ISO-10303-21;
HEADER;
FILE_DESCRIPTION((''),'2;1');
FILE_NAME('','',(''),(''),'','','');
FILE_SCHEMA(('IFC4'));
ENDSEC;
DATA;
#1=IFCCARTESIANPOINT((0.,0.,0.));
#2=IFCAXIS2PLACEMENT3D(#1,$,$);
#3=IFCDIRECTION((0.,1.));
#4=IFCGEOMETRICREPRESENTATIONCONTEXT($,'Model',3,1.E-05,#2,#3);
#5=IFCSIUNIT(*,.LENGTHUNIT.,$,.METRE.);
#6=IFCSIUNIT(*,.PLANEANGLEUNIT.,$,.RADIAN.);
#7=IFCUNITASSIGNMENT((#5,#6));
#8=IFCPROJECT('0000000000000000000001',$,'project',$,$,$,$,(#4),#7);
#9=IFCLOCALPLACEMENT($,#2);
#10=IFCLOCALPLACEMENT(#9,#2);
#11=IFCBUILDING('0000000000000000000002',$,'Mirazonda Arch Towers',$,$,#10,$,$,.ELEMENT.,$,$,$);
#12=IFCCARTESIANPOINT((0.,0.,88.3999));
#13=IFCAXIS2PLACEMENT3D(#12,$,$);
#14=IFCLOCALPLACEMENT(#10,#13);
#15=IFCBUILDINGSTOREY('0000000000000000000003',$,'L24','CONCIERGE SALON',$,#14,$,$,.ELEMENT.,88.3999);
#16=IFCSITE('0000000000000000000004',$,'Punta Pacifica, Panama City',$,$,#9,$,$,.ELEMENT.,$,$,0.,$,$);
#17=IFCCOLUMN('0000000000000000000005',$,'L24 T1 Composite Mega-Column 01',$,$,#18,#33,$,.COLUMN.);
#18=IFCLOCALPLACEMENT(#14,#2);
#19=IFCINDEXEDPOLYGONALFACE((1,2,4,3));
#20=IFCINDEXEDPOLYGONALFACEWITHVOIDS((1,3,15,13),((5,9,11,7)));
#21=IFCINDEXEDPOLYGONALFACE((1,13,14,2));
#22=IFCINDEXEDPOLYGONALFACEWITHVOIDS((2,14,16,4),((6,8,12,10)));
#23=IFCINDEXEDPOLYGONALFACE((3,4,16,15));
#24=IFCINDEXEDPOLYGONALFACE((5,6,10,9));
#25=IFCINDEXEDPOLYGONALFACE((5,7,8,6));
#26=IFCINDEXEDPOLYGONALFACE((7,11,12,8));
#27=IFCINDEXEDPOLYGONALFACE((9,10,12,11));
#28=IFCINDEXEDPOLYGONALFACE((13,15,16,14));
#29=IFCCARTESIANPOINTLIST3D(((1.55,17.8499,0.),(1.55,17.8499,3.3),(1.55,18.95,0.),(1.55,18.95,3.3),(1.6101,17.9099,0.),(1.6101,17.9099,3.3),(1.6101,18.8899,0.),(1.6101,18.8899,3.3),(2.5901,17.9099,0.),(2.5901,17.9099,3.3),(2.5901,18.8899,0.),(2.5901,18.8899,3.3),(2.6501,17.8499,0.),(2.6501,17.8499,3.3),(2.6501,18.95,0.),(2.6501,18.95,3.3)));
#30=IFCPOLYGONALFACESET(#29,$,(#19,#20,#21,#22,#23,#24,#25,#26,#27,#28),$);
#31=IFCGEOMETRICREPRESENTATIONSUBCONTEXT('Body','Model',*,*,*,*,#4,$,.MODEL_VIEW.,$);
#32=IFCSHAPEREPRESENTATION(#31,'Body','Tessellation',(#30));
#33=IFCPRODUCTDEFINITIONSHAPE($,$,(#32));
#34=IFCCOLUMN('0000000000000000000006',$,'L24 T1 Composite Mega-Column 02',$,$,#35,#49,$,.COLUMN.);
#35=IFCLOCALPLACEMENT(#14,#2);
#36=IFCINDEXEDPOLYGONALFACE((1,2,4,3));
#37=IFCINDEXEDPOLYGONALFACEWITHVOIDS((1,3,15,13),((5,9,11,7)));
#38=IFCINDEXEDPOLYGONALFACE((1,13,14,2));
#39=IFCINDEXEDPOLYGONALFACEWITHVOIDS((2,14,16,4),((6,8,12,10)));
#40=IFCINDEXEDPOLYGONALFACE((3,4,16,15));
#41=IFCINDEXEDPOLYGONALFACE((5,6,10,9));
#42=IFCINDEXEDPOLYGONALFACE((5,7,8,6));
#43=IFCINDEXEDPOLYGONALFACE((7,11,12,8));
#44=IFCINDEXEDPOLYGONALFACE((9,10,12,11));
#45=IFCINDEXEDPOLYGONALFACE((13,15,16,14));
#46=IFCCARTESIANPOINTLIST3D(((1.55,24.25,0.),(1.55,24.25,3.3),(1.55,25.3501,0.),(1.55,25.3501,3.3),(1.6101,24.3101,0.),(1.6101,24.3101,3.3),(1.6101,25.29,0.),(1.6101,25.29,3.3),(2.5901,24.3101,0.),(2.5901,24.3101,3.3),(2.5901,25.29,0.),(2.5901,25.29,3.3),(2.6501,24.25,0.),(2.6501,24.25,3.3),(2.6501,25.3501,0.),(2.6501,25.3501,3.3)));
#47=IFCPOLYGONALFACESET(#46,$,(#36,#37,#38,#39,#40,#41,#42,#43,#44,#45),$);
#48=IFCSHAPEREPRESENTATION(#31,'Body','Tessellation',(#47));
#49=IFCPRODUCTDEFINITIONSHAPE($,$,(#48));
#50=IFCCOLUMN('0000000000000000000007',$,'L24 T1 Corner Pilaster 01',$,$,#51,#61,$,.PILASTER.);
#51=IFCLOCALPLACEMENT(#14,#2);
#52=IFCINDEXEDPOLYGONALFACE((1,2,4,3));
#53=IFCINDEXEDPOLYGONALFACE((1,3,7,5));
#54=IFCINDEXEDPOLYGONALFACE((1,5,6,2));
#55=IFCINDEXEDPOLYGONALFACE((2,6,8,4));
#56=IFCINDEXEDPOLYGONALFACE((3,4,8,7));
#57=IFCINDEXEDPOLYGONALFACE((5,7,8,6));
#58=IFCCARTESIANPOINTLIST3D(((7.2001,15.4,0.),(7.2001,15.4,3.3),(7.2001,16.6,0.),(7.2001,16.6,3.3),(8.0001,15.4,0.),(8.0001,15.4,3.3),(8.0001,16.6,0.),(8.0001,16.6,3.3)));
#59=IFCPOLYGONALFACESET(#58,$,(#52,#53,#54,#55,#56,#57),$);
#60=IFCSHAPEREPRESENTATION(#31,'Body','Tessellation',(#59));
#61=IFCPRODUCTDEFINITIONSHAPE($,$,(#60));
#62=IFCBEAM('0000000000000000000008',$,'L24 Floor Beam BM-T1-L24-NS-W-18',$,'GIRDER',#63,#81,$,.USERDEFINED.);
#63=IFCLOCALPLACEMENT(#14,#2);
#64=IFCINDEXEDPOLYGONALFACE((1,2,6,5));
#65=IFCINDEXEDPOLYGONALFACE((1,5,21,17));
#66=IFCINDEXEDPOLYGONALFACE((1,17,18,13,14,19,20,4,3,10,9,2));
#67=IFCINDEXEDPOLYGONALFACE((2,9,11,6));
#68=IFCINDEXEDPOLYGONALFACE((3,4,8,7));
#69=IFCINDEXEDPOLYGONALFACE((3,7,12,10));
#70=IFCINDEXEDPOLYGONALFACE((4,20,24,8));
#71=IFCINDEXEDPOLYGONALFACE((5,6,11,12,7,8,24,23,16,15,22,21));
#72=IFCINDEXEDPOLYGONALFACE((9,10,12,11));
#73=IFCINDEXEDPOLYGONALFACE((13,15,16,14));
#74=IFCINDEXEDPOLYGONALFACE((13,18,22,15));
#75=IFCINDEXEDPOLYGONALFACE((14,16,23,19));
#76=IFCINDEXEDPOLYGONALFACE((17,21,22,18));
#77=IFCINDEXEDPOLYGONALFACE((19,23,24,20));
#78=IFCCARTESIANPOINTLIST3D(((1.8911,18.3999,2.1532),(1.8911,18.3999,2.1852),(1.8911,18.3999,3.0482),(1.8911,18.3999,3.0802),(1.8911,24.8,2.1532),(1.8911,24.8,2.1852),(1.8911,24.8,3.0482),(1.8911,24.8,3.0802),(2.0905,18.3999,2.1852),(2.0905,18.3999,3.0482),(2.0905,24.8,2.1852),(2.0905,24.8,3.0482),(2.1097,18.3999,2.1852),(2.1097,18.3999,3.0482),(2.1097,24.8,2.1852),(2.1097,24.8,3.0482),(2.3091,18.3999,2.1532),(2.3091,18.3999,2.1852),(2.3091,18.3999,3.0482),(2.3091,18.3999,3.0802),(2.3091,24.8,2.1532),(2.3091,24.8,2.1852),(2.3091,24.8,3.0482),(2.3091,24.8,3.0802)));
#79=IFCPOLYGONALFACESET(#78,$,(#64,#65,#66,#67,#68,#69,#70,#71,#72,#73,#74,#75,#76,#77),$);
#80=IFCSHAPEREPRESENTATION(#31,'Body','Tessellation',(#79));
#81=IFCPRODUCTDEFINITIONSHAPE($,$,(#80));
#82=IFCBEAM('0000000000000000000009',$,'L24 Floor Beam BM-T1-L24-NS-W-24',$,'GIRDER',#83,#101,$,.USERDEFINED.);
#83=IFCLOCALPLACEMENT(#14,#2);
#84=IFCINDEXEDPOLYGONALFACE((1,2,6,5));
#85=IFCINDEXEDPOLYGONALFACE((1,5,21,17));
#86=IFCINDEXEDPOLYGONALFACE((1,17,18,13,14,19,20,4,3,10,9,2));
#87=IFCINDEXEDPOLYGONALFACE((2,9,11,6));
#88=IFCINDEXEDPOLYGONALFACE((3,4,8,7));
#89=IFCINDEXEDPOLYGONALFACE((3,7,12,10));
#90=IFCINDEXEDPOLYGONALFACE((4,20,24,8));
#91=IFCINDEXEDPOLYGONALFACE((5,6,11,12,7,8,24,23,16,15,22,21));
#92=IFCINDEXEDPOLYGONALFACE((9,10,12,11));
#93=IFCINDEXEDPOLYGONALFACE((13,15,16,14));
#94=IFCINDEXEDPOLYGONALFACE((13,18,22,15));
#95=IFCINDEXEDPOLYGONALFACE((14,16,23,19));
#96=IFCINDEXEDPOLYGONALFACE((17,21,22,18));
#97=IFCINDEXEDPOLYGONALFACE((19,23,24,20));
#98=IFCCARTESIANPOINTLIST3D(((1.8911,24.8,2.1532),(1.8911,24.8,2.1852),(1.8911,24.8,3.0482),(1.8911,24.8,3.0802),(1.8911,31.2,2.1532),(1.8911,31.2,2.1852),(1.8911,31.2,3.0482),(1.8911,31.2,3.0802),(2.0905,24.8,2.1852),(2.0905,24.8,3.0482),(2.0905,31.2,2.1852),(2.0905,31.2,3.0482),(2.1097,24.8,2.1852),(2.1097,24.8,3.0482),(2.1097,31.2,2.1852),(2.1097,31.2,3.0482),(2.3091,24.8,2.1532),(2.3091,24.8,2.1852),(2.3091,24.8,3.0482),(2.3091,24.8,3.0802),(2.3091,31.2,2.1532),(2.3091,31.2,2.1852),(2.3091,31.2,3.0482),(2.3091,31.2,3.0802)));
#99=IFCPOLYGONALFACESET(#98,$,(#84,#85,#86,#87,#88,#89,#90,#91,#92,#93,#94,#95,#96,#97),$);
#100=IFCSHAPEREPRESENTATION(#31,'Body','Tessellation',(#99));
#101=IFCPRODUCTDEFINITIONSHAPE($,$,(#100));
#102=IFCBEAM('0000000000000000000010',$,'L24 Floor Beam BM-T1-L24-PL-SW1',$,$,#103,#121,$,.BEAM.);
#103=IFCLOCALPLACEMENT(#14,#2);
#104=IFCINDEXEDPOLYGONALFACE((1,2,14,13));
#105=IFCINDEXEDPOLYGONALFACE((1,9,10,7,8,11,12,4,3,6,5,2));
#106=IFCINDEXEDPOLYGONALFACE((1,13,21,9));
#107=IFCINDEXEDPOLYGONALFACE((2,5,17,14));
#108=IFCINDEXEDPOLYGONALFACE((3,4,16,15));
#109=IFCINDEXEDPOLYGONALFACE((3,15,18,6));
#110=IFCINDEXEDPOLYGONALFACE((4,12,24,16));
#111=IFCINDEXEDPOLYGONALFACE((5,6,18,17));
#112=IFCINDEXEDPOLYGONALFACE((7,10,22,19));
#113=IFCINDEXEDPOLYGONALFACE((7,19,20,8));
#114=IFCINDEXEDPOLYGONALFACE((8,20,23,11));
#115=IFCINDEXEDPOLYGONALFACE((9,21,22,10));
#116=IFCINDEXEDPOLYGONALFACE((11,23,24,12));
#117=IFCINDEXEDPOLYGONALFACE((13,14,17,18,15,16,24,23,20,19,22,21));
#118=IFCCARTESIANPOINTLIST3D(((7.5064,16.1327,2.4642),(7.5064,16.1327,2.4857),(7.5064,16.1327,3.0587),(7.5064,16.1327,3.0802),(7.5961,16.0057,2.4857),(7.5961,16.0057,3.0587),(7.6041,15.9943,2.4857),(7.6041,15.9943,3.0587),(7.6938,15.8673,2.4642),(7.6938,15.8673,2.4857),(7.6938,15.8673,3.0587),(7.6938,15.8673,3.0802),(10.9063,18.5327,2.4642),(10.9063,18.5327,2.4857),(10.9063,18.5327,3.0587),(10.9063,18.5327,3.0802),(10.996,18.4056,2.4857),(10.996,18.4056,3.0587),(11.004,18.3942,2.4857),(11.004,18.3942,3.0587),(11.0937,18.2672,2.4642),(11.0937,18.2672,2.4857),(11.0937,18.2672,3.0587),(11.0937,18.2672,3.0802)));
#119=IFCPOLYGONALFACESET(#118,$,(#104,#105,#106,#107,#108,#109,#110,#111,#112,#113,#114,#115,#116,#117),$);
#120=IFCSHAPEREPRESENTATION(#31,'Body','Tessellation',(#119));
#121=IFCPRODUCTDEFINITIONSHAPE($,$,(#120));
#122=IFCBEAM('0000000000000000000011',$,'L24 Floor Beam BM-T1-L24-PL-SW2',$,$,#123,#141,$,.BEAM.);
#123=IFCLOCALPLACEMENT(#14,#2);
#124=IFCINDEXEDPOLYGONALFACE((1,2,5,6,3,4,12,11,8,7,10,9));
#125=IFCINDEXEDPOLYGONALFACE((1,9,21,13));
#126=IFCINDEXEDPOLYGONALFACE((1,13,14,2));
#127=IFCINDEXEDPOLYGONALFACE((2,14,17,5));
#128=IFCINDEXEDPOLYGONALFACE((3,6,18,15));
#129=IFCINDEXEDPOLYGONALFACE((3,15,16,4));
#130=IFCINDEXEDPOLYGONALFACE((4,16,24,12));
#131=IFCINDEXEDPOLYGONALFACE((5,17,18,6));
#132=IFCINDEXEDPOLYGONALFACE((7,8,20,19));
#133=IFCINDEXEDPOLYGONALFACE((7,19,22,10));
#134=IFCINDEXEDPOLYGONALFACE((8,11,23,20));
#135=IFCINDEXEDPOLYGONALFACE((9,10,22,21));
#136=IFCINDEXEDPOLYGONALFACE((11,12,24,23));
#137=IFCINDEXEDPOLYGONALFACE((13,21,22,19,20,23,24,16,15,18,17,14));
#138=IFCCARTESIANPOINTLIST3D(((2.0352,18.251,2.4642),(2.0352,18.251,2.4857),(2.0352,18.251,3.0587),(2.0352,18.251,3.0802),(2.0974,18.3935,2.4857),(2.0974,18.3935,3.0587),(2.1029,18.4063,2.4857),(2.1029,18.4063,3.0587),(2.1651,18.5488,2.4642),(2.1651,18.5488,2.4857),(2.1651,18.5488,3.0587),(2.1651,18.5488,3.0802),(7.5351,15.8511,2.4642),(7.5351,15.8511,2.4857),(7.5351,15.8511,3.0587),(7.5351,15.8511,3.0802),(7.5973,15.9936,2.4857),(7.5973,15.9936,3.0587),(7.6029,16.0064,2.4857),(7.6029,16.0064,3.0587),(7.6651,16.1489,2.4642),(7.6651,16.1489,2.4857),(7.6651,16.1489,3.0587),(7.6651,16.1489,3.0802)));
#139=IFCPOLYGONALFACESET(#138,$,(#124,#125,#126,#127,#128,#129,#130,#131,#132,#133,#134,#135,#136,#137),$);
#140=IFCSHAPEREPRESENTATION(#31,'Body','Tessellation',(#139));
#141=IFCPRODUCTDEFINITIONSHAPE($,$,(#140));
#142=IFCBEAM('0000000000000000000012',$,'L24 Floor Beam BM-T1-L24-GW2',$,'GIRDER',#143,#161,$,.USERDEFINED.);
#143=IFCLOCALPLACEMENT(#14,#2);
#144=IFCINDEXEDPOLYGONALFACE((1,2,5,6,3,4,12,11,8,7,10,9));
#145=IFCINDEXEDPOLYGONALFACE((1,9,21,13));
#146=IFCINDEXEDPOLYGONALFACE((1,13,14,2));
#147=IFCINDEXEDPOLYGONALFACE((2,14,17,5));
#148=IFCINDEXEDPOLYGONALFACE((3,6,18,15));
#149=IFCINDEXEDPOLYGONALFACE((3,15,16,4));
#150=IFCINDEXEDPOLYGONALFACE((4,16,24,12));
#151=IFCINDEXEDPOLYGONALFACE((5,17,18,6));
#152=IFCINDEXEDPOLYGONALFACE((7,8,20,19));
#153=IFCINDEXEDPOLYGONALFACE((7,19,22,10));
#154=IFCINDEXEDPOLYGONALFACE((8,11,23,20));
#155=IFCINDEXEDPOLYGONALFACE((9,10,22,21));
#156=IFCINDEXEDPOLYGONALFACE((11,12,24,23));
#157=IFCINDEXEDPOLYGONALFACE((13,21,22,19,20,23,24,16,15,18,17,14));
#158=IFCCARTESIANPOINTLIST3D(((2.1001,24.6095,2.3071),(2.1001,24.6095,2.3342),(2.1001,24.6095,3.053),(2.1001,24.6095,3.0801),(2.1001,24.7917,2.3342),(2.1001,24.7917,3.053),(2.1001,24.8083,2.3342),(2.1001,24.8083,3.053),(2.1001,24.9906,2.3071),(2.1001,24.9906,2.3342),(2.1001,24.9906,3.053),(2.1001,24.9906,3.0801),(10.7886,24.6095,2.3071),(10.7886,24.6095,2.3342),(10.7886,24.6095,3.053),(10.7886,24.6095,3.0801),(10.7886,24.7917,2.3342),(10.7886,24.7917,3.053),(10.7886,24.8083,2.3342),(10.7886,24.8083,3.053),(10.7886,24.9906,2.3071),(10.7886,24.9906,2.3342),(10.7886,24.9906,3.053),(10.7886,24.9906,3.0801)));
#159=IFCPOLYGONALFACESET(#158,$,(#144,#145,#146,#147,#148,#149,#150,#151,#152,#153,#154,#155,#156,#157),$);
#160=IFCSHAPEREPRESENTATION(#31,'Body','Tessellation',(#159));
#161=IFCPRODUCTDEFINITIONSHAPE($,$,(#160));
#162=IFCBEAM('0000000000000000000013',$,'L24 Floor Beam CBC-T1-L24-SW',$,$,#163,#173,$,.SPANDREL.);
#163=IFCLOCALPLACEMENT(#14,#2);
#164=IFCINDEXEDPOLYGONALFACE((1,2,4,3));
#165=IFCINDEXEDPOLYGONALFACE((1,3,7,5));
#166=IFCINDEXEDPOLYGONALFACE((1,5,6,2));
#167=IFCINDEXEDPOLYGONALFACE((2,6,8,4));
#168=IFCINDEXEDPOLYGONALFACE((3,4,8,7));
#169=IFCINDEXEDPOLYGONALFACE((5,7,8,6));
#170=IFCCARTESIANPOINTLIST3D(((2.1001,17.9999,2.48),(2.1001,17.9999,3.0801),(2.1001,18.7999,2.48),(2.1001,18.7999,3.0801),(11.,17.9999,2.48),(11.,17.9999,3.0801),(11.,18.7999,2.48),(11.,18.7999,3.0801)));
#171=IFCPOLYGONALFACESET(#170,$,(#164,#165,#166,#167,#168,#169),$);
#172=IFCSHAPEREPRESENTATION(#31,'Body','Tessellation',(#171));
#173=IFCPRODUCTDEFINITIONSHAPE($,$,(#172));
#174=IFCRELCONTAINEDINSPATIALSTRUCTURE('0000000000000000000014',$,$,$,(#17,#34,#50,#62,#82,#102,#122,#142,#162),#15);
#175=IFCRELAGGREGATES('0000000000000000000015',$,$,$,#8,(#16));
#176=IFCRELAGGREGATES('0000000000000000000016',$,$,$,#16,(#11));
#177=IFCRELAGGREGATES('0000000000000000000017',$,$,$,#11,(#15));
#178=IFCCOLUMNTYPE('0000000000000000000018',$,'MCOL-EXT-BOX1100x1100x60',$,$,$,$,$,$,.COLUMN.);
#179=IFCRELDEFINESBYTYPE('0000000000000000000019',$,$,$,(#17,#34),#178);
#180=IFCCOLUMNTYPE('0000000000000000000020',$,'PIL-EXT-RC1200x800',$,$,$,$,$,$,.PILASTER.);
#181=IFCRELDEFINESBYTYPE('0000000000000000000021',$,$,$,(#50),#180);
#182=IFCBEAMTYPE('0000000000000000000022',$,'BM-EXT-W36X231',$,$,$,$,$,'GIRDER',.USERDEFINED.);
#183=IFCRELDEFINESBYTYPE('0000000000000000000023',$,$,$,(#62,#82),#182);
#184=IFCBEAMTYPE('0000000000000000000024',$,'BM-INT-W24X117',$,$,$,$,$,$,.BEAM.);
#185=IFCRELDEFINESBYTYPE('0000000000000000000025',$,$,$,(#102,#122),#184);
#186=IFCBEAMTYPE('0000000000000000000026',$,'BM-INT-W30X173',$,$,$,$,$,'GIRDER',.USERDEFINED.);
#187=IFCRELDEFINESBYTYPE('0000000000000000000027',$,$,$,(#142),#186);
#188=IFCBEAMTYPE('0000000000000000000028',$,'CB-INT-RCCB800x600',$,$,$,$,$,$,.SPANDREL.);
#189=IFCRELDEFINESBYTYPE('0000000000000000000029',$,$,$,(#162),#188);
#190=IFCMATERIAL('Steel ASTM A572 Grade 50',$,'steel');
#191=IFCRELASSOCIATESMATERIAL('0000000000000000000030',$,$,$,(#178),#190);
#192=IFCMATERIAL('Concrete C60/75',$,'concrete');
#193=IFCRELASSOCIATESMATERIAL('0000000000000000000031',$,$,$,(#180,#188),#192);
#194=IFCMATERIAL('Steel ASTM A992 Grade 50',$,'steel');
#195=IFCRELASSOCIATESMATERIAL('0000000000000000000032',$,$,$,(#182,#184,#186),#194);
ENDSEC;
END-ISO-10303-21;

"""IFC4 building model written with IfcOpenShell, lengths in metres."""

from ifc_helpers import new_model, si_unit, direction, frame, origin, origin_2d, place, context, subcontext, project, spatial, rectangle, hollow_rectangle, i_section, extrude, material, material_profile, profile_set, type_object, element, save


model = new_model("IFC4")

# Units and contexts
model_context = context("Model", 3, precision=1e-05, world=origin(), true_north=direction((0.0, 1.0)))
body_context = subcontext(model_context, "Body", "Model", "MODEL_VIEW")
ifc_project = project(units=[si_unit("LENGTHUNIT", "METRE"), si_unit("PLANEANGLEUNIT", "RADIAN")], contexts=[model_context])

# Site, building, storey
site_placement = place(None, origin())
site = spatial("IfcSite", under=ifc_project, at=site_placement, Name="Punta Pacifica, Panama City", CompositionType="ELEMENT", RefElevation=0.0)
building_placement = place(site_placement, origin())
building = spatial("IfcBuilding", under=site, at=building_placement, Name="Mirazonda Arch Towers", CompositionType="ELEMENT")
storey_placement = place(building_placement, frame((0.0, 0.0, 88.3999)))
storey = spatial("IfcBuildingStorey", under=building, at=storey_placement, Name="L24", Description="CONCIERGE SALON", CompositionType="ELEMENT", Elevation=88.3999)

# Columns
ifc_material_1 = material(Name="Steel ASTM A572 Grade 50", Category="steel")
ifc_material_profile_1 = material_profile(ifc_material_1, hollow_rectangle(XDim=1.1001, YDim=1.1001, WallThickness=0.0601, at=origin_2d()), Name="BOX1100x1100x60")
ifc_profile_set_1 = profile_set([ifc_material_profile_1], Name="Steel ASTM A572 Grade 50")
column_type_1 = type_object("IfcColumnType", Name="MCOL-EXT-BOX1100x1100x60", PredefinedType="COLUMN", material=ifc_profile_set_1)
for number, where, z_axis, x_axis, name in (
    (1, (2.1001, 18.3999, 0.0), (0.0, 0.0, 1.0), (1.0, 0.0, 0.0), "L24 T1 Composite Mega-Column 01"),
    (2, (2.1001, 24.8, 0.0), (0.0, 0.0, 1.0), (1.0, 0.0, 0.0), "L24 T1 Composite Mega-Column 02"),
):
    element("IfcColumn", number, at=place(storey_placement, frame(where, z_axis=z_axis, x_axis=x_axis)), inside=storey, type_object=column_type_1, Name=name, PredefinedType="COLUMN", context=body_context, shape_type="SweptSolid", body=[
        extrude(hollow_rectangle(XDim=1.1001, YDim=1.1001, WallThickness=0.0601, at=origin_2d()), origin(), (0.0, 0.0, 1.0), 3.3),
    ])
ifc_material_2 = material(Name="Concrete C60/75", Category="concrete")
ifc_material_profile_2 = material_profile(ifc_material_2, rectangle(XDim=0.8, YDim=1.2, at=origin_2d()), Name="RC1200x800")
ifc_profile_set_2 = profile_set([ifc_material_profile_2], Name="Concrete C60/75")
column_type_2 = type_object("IfcColumnType", Name="PIL-EXT-RC1200x800", PredefinedType="PILASTER", material=ifc_profile_set_2)
column_placement = place(storey_placement, frame((7.6001, 16.0, 0.0), z_axis=(0.0, 0.0, 1.0), x_axis=(1.0, 0.0, 0.0)))
element("IfcColumn", 3, at=column_placement, inside=storey, type_object=column_type_2, Name="L24 T1 Corner Pilaster 01", PredefinedType="PILASTER", context=body_context, shape_type="SweptSolid", body=[
    extrude(rectangle(XDim=0.8, YDim=1.2, at=origin_2d()), origin(), (0.0, 0.0, 1.0), 3.3),
])

# Beams
ifc_material_3 = material(Name="Steel ASTM A992 Grade 50", Category="steel")
ifc_material_profile_3 = material_profile(ifc_material_3, i_section(OverallWidth=0.418, OverallDepth=0.927, WebThickness=0.0193, FlangeThickness=0.032, at=origin_2d()), Name="W36X231")
ifc_profile_set_3 = profile_set([ifc_material_profile_3], Name="Steel ASTM A992 Grade 50")
beam_type_1 = type_object("IfcBeamType", Name="BM-EXT-W36X231", ElementType="GIRDER", PredefinedType="USERDEFINED", material=ifc_profile_set_3)
beam_1_placement = place(storey_placement, frame((2.1001, 18.3999, 2.6167), z_axis=(0.0, 1.0, 0.0), x_axis=(-1.0, 0.0, 0.0)))
element("IfcBeam", 4, at=beam_1_placement, inside=storey, type_object=beam_type_1, Name="L24 Floor Beam BM-T1-L24-NS-W-18", ObjectType="GIRDER", PredefinedType="USERDEFINED", context=body_context, shape_type="SweptSolid", body=[
    extrude(i_section(OverallWidth=0.418, OverallDepth=0.927, WebThickness=0.0193, FlangeThickness=0.032, at=origin_2d()), origin(), (0.0, 0.0, 1.0), 6.4001),
])
beam_2_placement = place(storey_placement, frame((2.1001, 24.8, 2.6167), z_axis=(0.0, 1.0, 0.0), x_axis=(-1.0, 0.0, 0.0)))
element("IfcBeam", 5, at=beam_2_placement, inside=storey, type_object=beam_type_1, Name="L24 Floor Beam BM-T1-L24-NS-W-24", ObjectType="GIRDER", PredefinedType="USERDEFINED", context=body_context, shape_type="SweptSolid", body=[
    extrude(i_section(OverallWidth=0.418, OverallDepth=0.927, WebThickness=0.0193, FlangeThickness=0.032, at=origin_2d()), origin(), (0.0, 0.0, 1.0), 6.3999),
])
ifc_material_profile_4 = material_profile(ifc_material_3, i_section(OverallWidth=0.325, OverallDepth=0.616, WebThickness=0.0139, FlangeThickness=0.0215, at=origin_2d()), Name="W24X117")
ifc_profile_set_4 = profile_set([ifc_material_profile_4], Name="Steel ASTM A992 Grade 50")
beam_type_2 = type_object("IfcBeamType", Name="BM-INT-W24X117", PredefinedType="BEAM", material=ifc_profile_set_4)
beam_3_placement = place(storey_placement, frame((7.6001, 16.0, 2.7722), z_axis=(0.816971, 0.576679, 0.0), x_axis=(-0.576679, 0.816971, 0.0)))
element("IfcBeam", 6, at=beam_3_placement, inside=storey, type_object=beam_type_2, Name="L24 Floor Beam BM-T1-L24-PL-SW1", PredefinedType="BEAM", context=body_context, shape_type="SweptSolid", body=[
    extrude(i_section(OverallWidth=0.325, OverallDepth=0.616, WebThickness=0.0139, FlangeThickness=0.0215, at=origin_2d()), origin(), (0.0, 0.0, 1.0), 4.1616),
])
beam_4_placement = place(storey_placement, frame((7.6001, 16.0, 2.7722), z_axis=(-0.916545, 0.399931, 0.0), x_axis=(-0.399931, -0.916545, 0.0)))
element("IfcBeam", 7, at=beam_4_placement, inside=storey, type_object=beam_type_2, Name="L24 Floor Beam BM-T1-L24-PL-SW2", PredefinedType="BEAM", context=body_context, shape_type="SweptSolid", body=[
    extrude(i_section(OverallWidth=0.325, OverallDepth=0.616, WebThickness=0.0139, FlangeThickness=0.0215, at=origin_2d()), origin(), (0.0, 0.0, 1.0), 6.0007),
])
ifc_material_profile_5 = material_profile(ifc_material_3, i_section(OverallWidth=0.3811, OverallDepth=0.7729, WebThickness=0.0166, FlangeThickness=0.0271, at=origin_2d()), Name="W30X173")
ifc_profile_set_5 = profile_set([ifc_material_profile_5], Name="Steel ASTM A992 Grade 50")
beam_type_3 = type_object("IfcBeamType", Name="BM-INT-W30X173", ElementType="GIRDER", PredefinedType="USERDEFINED", material=ifc_profile_set_5)
beam_5_placement = place(storey_placement, frame((2.1001, 24.8, 2.6936), z_axis=(1.0, 0.0, 0.0), x_axis=(0.0, 1.0, 0.0)))
element("IfcBeam", 8, at=beam_5_placement, inside=storey, type_object=beam_type_3, Name="L24 Floor Beam BM-T1-L24-GW2", ObjectType="GIRDER", PredefinedType="USERDEFINED", context=body_context, shape_type="SweptSolid", body=[
    extrude(i_section(OverallWidth=0.3811, OverallDepth=0.7729, WebThickness=0.0166, FlangeThickness=0.0271, at=origin_2d()), origin(), (0.0, 0.0, 1.0), 8.6885),
])
ifc_material_profile_6 = material_profile(ifc_material_2, rectangle(XDim=0.8, YDim=0.6001, at=origin_2d()), Name="RCCB800x600")
ifc_profile_set_6 = profile_set([ifc_material_profile_6], Name="Concrete C60/75")
beam_type_4 = type_object("IfcBeamType", Name="CB-INT-RCCB800x600", PredefinedType="SPANDREL", material=ifc_profile_set_6)
beam_6_placement = place(storey_placement, frame((2.1001, 18.3999, 2.78), z_axis=(1.0, 0.0, 0.0), x_axis=(0.0, 1.0, 0.0)))
element("IfcBeam", 9, at=beam_6_placement, inside=storey, type_object=beam_type_4, Name="L24 Floor Beam CBC-T1-L24-SW", PredefinedType="SPANDREL", context=body_context, shape_type="SweptSolid", body=[
    extrude(rectangle(XDim=0.8, YDim=0.6001, at=origin_2d()), origin(), (0.0, 0.0, 1.0), 8.8999),
])

save(model, "model.ifc")
